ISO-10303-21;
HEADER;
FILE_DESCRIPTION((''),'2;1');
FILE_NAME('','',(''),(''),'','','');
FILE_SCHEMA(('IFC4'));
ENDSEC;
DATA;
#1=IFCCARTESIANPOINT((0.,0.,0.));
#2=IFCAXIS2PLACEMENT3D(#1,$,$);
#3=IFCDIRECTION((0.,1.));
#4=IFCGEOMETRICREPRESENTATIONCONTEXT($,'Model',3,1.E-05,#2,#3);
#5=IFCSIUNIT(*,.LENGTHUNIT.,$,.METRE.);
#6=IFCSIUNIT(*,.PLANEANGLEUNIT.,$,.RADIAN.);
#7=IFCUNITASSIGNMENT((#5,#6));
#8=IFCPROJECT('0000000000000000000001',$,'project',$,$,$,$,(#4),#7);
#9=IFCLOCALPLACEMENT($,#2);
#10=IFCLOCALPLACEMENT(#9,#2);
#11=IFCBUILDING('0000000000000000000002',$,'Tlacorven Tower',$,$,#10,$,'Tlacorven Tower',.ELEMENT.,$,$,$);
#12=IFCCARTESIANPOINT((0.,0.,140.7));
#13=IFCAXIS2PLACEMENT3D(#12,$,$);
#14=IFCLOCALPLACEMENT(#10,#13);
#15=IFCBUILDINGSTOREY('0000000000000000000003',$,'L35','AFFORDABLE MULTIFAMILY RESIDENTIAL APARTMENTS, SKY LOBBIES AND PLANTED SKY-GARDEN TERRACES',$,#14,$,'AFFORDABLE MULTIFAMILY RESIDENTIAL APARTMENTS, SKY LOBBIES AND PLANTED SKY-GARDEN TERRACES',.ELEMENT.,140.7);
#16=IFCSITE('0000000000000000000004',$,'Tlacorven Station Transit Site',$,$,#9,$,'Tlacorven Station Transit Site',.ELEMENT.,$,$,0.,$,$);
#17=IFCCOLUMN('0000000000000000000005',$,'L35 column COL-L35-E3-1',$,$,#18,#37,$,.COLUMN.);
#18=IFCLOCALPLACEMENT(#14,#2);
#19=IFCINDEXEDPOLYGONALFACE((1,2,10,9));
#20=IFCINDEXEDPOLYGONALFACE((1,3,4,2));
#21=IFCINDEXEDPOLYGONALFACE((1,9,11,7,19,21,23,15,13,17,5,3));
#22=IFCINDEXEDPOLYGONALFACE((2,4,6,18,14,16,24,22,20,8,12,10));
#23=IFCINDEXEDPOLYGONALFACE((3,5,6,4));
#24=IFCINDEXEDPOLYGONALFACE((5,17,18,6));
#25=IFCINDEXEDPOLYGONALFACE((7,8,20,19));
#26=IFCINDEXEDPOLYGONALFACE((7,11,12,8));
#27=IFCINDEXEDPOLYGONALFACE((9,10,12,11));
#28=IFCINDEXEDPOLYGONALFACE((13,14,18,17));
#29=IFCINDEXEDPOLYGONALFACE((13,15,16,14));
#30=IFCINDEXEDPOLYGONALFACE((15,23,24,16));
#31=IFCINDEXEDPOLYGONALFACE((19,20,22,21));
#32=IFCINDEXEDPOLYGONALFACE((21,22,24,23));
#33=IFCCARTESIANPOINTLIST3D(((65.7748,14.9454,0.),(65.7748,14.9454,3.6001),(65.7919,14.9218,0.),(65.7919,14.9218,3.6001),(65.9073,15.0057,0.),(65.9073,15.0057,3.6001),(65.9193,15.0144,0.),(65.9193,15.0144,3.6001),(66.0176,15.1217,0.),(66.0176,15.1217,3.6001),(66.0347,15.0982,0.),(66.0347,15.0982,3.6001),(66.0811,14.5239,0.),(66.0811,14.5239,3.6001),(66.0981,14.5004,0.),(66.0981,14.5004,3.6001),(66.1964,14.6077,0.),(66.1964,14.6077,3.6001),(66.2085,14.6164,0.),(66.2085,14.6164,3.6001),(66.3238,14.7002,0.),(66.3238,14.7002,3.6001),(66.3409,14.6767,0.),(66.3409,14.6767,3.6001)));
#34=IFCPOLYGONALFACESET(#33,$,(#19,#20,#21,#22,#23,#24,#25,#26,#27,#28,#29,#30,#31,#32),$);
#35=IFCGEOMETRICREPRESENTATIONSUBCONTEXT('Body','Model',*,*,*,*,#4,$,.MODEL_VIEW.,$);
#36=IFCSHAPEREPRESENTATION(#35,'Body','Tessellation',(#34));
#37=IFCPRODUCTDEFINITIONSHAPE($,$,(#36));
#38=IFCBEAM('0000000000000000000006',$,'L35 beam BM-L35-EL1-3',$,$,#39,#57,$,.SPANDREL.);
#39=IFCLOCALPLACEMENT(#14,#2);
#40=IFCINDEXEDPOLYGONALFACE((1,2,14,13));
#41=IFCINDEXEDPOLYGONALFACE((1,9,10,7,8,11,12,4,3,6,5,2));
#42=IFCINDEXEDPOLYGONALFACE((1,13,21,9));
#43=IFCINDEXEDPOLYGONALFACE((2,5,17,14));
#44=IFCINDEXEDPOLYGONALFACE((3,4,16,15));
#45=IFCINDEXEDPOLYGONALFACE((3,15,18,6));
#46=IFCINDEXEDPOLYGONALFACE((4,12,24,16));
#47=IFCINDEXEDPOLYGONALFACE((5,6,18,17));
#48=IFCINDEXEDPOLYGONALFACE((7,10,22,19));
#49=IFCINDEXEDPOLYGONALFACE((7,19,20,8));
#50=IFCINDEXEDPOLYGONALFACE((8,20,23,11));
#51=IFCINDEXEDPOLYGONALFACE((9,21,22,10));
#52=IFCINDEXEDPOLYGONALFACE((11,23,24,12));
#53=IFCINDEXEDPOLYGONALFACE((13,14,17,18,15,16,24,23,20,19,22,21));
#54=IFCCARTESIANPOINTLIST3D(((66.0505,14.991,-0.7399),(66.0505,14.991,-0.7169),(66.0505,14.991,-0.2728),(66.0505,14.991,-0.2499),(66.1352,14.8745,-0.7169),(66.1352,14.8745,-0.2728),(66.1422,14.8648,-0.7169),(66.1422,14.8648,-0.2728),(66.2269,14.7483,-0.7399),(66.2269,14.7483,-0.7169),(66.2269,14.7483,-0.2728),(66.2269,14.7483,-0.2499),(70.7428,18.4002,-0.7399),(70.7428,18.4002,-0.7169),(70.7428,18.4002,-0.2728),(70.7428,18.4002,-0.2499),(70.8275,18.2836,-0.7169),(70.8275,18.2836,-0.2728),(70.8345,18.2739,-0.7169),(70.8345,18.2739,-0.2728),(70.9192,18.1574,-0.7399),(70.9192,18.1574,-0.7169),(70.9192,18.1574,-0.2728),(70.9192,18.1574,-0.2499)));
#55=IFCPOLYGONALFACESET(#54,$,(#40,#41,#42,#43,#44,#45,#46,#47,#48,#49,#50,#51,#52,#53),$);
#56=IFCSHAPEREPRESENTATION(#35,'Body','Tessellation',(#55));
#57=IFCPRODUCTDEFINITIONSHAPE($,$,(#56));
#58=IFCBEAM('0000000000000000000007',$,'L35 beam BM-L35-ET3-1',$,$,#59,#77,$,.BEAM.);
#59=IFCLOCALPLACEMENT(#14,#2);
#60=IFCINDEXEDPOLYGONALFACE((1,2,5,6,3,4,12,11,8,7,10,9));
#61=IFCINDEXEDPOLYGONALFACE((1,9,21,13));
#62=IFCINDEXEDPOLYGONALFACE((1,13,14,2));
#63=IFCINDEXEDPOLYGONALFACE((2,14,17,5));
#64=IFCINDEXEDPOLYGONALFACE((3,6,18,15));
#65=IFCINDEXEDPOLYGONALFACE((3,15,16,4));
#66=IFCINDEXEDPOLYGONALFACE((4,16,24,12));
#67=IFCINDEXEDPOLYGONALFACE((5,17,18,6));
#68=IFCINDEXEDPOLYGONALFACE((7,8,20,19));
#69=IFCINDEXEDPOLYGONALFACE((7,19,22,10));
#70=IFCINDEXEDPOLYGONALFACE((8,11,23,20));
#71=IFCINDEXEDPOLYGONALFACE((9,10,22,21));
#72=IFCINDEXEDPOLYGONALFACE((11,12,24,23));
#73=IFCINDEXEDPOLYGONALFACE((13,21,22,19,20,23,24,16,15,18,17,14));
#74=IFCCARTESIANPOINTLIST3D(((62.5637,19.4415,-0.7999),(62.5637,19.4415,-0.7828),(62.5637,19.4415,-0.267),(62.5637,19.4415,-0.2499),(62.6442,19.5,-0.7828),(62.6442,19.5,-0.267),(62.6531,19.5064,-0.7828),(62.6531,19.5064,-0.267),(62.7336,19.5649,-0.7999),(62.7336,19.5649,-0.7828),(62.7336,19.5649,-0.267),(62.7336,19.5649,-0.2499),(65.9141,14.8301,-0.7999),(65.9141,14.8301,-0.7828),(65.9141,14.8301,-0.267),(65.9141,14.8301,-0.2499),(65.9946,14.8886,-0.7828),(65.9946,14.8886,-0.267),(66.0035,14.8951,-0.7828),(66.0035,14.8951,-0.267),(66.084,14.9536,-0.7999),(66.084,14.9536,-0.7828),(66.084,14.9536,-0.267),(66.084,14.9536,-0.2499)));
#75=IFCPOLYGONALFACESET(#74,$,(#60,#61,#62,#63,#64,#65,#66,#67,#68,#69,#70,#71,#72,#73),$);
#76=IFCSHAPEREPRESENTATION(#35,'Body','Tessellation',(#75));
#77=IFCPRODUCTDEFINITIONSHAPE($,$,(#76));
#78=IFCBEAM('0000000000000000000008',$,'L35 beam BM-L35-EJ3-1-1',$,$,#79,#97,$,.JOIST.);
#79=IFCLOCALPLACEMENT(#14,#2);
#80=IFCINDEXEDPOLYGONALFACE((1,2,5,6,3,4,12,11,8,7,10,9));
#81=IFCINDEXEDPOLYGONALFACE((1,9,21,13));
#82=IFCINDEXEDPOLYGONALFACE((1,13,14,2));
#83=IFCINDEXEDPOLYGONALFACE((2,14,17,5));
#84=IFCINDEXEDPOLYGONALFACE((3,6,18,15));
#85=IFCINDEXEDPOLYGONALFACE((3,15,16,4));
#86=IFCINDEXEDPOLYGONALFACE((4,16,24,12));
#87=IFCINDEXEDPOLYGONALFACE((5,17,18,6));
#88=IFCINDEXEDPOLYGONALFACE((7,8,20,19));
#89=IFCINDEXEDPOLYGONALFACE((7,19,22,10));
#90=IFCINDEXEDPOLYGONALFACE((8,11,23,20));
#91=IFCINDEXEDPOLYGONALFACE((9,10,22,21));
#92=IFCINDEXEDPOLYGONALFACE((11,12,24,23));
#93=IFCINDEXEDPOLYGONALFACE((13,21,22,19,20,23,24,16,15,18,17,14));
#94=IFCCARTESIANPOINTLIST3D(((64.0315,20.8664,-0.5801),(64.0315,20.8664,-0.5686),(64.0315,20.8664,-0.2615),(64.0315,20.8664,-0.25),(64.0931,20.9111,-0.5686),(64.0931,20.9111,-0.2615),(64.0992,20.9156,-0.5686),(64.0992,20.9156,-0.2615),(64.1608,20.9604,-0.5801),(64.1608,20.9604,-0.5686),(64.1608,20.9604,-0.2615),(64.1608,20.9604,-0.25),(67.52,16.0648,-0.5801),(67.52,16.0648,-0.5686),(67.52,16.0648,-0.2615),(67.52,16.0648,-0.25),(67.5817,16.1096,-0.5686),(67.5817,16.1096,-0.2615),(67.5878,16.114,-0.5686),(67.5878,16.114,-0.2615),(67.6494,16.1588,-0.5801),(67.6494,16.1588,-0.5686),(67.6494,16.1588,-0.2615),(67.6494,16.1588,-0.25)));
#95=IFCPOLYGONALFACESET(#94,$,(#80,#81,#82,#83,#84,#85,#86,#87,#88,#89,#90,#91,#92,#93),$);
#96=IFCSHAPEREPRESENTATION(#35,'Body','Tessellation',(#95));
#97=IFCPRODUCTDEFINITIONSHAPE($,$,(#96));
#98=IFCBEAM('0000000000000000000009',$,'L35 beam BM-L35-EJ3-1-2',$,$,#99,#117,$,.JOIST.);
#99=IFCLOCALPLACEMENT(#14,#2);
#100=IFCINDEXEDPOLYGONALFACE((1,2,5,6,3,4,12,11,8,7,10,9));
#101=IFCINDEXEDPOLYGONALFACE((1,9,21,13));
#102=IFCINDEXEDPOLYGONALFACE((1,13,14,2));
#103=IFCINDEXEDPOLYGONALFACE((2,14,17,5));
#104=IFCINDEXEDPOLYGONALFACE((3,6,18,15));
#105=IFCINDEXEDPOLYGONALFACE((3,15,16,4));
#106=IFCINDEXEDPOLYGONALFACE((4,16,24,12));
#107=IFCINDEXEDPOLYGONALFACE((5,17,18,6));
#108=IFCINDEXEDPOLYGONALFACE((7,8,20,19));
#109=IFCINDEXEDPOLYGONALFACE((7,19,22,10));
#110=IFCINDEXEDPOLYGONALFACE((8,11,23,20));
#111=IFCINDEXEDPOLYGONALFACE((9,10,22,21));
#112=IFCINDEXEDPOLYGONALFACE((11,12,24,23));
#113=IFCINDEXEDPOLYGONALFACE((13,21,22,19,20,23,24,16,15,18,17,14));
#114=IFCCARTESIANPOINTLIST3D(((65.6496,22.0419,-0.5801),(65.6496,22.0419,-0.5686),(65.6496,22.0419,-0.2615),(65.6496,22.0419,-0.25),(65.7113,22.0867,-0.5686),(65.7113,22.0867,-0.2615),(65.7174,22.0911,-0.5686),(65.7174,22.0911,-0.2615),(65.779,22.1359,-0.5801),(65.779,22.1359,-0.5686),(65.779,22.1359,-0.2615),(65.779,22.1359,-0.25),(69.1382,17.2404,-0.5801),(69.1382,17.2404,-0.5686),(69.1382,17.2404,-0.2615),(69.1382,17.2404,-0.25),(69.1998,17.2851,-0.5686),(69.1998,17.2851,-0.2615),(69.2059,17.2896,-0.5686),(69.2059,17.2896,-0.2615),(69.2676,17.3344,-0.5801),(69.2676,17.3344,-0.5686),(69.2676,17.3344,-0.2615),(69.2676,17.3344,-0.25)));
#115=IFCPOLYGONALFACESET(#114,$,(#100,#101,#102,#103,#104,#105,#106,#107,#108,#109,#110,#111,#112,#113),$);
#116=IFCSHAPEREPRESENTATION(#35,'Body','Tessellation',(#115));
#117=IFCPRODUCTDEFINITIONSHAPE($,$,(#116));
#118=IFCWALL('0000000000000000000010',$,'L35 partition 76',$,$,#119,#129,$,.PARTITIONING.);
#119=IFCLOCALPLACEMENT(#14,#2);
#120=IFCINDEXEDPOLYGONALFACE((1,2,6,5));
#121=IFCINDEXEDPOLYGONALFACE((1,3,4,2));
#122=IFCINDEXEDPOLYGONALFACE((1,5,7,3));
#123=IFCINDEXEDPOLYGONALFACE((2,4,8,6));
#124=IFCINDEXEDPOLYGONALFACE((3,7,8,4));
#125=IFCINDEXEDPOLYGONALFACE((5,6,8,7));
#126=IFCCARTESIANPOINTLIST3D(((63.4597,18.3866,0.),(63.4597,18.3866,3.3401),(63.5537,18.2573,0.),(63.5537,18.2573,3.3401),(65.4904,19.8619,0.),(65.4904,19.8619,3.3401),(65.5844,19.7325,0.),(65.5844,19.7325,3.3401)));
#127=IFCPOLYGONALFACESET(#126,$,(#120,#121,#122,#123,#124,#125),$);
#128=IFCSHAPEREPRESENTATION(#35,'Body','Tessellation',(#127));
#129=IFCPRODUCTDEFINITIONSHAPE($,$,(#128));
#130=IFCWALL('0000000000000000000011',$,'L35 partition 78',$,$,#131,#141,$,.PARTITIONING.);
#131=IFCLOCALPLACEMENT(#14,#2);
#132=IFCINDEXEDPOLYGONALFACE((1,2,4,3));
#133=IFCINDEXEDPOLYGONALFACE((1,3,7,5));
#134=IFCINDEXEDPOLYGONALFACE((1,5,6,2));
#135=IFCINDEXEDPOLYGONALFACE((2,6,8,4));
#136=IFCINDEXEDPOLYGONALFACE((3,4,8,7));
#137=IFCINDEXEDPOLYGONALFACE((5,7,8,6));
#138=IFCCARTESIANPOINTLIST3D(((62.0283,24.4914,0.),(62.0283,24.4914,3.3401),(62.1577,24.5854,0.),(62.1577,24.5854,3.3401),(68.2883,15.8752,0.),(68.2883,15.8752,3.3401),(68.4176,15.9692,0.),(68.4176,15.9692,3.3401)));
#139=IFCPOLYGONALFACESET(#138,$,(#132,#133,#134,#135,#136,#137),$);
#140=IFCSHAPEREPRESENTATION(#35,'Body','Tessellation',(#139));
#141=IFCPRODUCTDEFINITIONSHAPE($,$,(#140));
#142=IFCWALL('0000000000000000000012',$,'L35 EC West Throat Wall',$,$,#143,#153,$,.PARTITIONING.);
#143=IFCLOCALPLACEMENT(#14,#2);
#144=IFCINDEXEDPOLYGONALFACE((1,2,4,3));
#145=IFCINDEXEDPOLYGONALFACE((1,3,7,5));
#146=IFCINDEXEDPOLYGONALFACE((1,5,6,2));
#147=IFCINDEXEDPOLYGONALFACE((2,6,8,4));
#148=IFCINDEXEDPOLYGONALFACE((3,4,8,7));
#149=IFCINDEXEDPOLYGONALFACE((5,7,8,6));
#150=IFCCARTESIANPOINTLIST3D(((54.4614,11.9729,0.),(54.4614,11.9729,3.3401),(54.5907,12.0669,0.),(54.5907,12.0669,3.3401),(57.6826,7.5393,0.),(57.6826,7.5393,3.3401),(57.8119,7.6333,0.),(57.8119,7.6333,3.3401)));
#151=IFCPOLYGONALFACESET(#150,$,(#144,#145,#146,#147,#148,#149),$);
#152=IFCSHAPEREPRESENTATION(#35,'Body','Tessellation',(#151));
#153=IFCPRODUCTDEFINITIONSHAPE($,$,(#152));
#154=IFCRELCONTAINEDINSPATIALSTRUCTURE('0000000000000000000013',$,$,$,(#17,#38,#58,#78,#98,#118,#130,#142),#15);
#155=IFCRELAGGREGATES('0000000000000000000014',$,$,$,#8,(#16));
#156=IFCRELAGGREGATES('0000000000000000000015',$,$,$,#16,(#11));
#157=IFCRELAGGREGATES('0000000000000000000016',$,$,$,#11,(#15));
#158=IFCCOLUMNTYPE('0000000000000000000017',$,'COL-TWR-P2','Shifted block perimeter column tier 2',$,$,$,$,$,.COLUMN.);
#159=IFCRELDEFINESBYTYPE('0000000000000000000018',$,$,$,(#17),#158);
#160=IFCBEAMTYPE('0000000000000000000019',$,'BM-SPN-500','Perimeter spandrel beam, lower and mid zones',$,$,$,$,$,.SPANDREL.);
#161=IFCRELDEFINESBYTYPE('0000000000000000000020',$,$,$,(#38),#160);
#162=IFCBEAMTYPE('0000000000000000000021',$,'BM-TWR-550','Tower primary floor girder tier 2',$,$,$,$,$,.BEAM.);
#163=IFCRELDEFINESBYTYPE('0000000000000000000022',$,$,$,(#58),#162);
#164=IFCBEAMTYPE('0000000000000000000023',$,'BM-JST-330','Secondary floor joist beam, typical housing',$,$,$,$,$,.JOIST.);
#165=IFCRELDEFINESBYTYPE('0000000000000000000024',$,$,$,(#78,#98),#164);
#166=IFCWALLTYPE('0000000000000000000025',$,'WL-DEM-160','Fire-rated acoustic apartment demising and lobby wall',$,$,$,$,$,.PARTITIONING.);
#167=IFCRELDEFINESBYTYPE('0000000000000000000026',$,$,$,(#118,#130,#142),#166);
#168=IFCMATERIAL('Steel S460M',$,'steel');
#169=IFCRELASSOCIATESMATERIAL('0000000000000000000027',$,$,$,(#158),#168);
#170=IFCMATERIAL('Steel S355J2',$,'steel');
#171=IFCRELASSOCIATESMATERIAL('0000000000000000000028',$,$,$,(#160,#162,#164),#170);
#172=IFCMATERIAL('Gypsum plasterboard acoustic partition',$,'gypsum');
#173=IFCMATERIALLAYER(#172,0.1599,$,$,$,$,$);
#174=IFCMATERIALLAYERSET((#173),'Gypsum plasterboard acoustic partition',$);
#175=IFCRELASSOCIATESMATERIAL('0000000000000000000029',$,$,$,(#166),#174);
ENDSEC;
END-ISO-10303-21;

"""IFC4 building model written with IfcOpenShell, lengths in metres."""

from ifc_helpers import new_model, si_unit, direction, frame, frame_2d, origin, origin_2d, place, context, subcontext, project, spatial, rectangle, i_section, extrude, source, transform, mapped, material, layer, layer_set, material_profile, profile_set, type_object, element, save


model = new_model("IFC4")

# Units and contexts
model_context = context("Model", 3, precision=1e-05, world=origin(), true_north=direction((0.0, 1.0)))
body_context = subcontext(model_context, "Body", "Model", "MODEL_VIEW")
ifc_project = project(units=[si_unit("LENGTHUNIT", "METRE"), si_unit("PLANEANGLEUNIT", "RADIAN")], contexts=[model_context])

# Site, building, storey
site_placement = place(None, origin())
site = spatial("IfcSite", under=ifc_project, at=site_placement, Name="Tlacorven Station Transit Site", LongName="Tlacorven Station Transit Site", CompositionType="ELEMENT", RefElevation=0.0)
building_placement = place(site_placement, origin())
building = spatial("IfcBuilding", under=site, at=building_placement, Name="Tlacorven Tower", LongName="Tlacorven Tower", CompositionType="ELEMENT")
storey_placement = place(building_placement, frame((0.0, 0.0, 140.7)))
storey = spatial("IfcBuildingStorey", under=building, at=storey_placement, Name="L35", Description="AFFORDABLE MULTIFAMILY RESIDENTIAL APARTMENTS, SKY LOBBIES AND PLANTED SKY-GARDEN TERRACES", LongName="AFFORDABLE MULTIFAMILY RESIDENTIAL APARTMENTS, SKY LOBBIES AND PLANTED SKY-GARDEN TERRACES", CompositionType="ELEMENT", Elevation=140.7)

# Column
ifc_material_1 = material(Name="Steel S460M", Category="steel")
ifc_material_profile_1 = material_profile(ifc_material_1, i_section(OverallWidth=0.3, OverallDepth=0.55, WebThickness=0.0149, FlangeThickness=0.0291, at=origin_2d()), Name="HEB 550")
ifc_profile_set_1 = profile_set([ifc_material_profile_1], Name="Steel S460M")
column_type = type_object("IfcColumnType", Name="COL-TWR-P2", Description="Shifted block perimeter column tier 2", PredefinedType="COLUMN", material=ifc_profile_set_1)
shared_shape_1 = source(origin(), body_context, "Body", "SweptSolid", [
    extrude(i_section(OverallWidth=0.3, OverallDepth=0.55, WebThickness=0.0149, FlangeThickness=0.0291, at=origin_2d()), origin(), (0.0, 0.0, 1.0), 3.6001),
])
column_placement = place(storey_placement, frame((66.0579, 14.811, 0.0), z_axis=(0.0, 0.0, 1.0), x_axis=(0.809017, 0.587785, 0.0)))
element("IfcColumn", 1, at=column_placement, inside=storey, type_object=column_type, Name="L35 column COL-L35-E3-1", PredefinedType="COLUMN", context=body_context, shape_type="MappedRepresentation", body=[
    mapped(shared_shape_1, transform((0.0, 0.0, 0.0), scale=1.0)),
])

# Beams
ifc_material_2 = material(Name="Steel S355J2", Category="steel")
ifc_material_profile_2 = material_profile(ifc_material_2, i_section(OverallWidth=0.3, OverallDepth=0.49, WebThickness=0.012, FlangeThickness=0.0229, at=origin_2d()), Name="HEA 500")
ifc_profile_set_2 = profile_set([ifc_material_profile_2], Name="Steel S355J2")
beam_type_1 = type_object("IfcBeamType", Name="BM-SPN-500", Description="Perimeter spandrel beam, lower and mid zones", PredefinedType="SPANDREL", material=ifc_profile_set_2)
shared_shape_2 = source(origin(), body_context, "Body", "SweptSolid", [
    extrude(i_section(OverallWidth=0.3, OverallDepth=0.49, WebThickness=0.012, FlangeThickness=0.0229, at=origin_2d()), origin(), (0.0, 0.0, 1.0), 5.8),
])
beam_1_placement = place(storey_placement, frame((66.1387, 14.8696, -0.4949), z_axis=(0.80902, 0.587781, 0.0), x_axis=(-0.587781, 0.80902, 0.0)))
element("IfcBeam", 2, at=beam_1_placement, inside=storey, type_object=beam_type_1, Name="L35 beam BM-L35-EL1-3", PredefinedType="SPANDREL", context=body_context, shape_type="MappedRepresentation", body=[
    mapped(shared_shape_2, transform((0.0, 0.0, 0.0), scale=1.0)),
])
ifc_material_profile_3 = material_profile(ifc_material_2, i_section(OverallWidth=0.21, OverallDepth=0.55, WebThickness=0.011, FlangeThickness=0.0171, at=origin_2d()), Name="IPE 550")
ifc_profile_set_3 = profile_set([ifc_material_profile_3], Name="Steel S355J2")
beam_type_2 = type_object("IfcBeamType", Name="BM-TWR-550", Description="Tower primary floor girder tier 2", PredefinedType="BEAM", material=ifc_profile_set_3)
shared_shape_3 = source(origin(), body_context, "Body", "SweptSolid", [
    extrude(i_section(OverallWidth=0.21, OverallDepth=0.55, WebThickness=0.011, FlangeThickness=0.0171, at=origin_2d()), origin(), (0.0, 0.0, 1.0), 5.7),
])
beam_2_placement = place(storey_placement, frame((65.999, 14.8918, -0.5249), z_axis=(-0.587787, 0.809016, 0.0), x_axis=(-0.809016, -0.587787, 0.0)))
element("IfcBeam", 3, at=beam_2_placement, inside=storey, type_object=beam_type_2, Name="L35 beam BM-L35-ET3-1", PredefinedType="BEAM", context=body_context, shape_type="MappedRepresentation", body=[
    mapped(shared_shape_3, transform((0.0, 0.0, 0.0), scale=1.0)),
])
ifc_material_profile_4 = material_profile(ifc_material_2, i_section(OverallWidth=0.1599, OverallDepth=0.3301, WebThickness=0.0076, FlangeThickness=0.0115, at=origin_2d()), Name="IPE 330")
ifc_profile_set_4 = profile_set([ifc_material_profile_4], Name="Steel S355J2")
beam_type_3 = type_object("IfcBeamType", Name="BM-JST-330", Description="Secondary floor joist beam, typical housing", PredefinedType="JOIST", material=ifc_profile_set_4)
shared_shape_4 = source(origin(), body_context, "Body", "SweptSolid", [
    extrude(i_section(OverallWidth=0.1599, OverallDepth=0.3301, WebThickness=0.0076, FlangeThickness=0.0115, at=origin_2d()), origin(), (0.0, 0.0, 1.0), 5.9351),
])
for number, where, z_axis, x_axis, name in (
    (4, (67.5847, 16.1118, -0.415), (-0.587788, 0.809015, 0.0), (-0.809015, -0.587788, 0.0), "L35 beam BM-L35-EJ3-1-1"),
    (5, (69.2029, 17.2874, -0.415), (-0.587788, 0.809015, 0.0), (-0.809015, -0.587788, 0.0), "L35 beam BM-L35-EJ3-1-2"),
):
    element("IfcBeam", number, at=place(storey_placement, frame(where, z_axis=z_axis, x_axis=x_axis)), inside=storey, type_object=beam_type_3, Name=name, PredefinedType="JOIST", context=body_context, shape_type="MappedRepresentation", body=[
        mapped(shared_shape_4, transform((0.0, 0.0, 0.0), scale=1.0)),
    ])

# Walls
ifc_material_3 = material(Name="Gypsum plasterboard acoustic partition", Category="gypsum")
ifc_layer_1 = layer(ifc_material_3, 0.1599)
ifc_layer_set_1 = layer_set([ifc_layer_1], Name="Gypsum plasterboard acoustic partition")
wall_type_1 = type_object("IfcWallType", Name="WL-DEM-160", Description="Fire-rated acoustic apartment demising and lobby wall", PredefinedType="PARTITIONING", material=ifc_layer_set_1)
wall_1_placement = place(storey_placement, frame((63.5068, 18.322, 0.0), z_axis=(0.0, 0.0, 1.0), x_axis=(0.809035, 0.587761, 0.0)))
element("IfcWall", 6, at=wall_1_placement, inside=storey, type_object=wall_type_1, Name="L35 partition 76", PredefinedType="PARTITIONING", context=body_context, shape_type="SweptSolid", body=[
    extrude(rectangle(XDim=2.51, YDim=0.1599, at=frame_2d((1.2549, 0.0))), origin(), (0.0, 0.0, 1.0), 3.3401),
])
wall_2_placement = place(storey_placement, frame((68.353, 15.9221, 0.0), z_axis=(0.0, 0.0, 1.0), x_axis=(-0.587783, 0.809019, 0.0)))
element("IfcWall", 7, at=wall_2_placement, inside=storey, type_object=wall_type_1, Name="L35 partition 78", PredefinedType="PARTITIONING", context=body_context, shape_type="SweptSolid", body=[
    extrude(rectangle(XDim=10.6501, YDim=0.1599, at=frame_2d((5.3252, 0.0))), origin(), (0.0, 0.0, 1.0), 3.3401),
])
wall_3_placement = place(storey_placement, frame((57.7473, 7.5862, 0.0), z_axis=(0.0, 0.0, 1.0), x_axis=(-0.587785, 0.809017, 0.0)))
element("IfcWall", 8, at=wall_3_placement, inside=storey, type_object=wall_type_1, Name="L35 EC West Throat Wall", PredefinedType="PARTITIONING", context=body_context, shape_type="SweptSolid", body=[
    extrude(rectangle(XDim=5.4802, YDim=0.1599, at=frame_2d((2.7402, 0.0))), origin(), (0.0, 0.0, 1.0), 3.3401),
])

save(model, "model.ifc")
